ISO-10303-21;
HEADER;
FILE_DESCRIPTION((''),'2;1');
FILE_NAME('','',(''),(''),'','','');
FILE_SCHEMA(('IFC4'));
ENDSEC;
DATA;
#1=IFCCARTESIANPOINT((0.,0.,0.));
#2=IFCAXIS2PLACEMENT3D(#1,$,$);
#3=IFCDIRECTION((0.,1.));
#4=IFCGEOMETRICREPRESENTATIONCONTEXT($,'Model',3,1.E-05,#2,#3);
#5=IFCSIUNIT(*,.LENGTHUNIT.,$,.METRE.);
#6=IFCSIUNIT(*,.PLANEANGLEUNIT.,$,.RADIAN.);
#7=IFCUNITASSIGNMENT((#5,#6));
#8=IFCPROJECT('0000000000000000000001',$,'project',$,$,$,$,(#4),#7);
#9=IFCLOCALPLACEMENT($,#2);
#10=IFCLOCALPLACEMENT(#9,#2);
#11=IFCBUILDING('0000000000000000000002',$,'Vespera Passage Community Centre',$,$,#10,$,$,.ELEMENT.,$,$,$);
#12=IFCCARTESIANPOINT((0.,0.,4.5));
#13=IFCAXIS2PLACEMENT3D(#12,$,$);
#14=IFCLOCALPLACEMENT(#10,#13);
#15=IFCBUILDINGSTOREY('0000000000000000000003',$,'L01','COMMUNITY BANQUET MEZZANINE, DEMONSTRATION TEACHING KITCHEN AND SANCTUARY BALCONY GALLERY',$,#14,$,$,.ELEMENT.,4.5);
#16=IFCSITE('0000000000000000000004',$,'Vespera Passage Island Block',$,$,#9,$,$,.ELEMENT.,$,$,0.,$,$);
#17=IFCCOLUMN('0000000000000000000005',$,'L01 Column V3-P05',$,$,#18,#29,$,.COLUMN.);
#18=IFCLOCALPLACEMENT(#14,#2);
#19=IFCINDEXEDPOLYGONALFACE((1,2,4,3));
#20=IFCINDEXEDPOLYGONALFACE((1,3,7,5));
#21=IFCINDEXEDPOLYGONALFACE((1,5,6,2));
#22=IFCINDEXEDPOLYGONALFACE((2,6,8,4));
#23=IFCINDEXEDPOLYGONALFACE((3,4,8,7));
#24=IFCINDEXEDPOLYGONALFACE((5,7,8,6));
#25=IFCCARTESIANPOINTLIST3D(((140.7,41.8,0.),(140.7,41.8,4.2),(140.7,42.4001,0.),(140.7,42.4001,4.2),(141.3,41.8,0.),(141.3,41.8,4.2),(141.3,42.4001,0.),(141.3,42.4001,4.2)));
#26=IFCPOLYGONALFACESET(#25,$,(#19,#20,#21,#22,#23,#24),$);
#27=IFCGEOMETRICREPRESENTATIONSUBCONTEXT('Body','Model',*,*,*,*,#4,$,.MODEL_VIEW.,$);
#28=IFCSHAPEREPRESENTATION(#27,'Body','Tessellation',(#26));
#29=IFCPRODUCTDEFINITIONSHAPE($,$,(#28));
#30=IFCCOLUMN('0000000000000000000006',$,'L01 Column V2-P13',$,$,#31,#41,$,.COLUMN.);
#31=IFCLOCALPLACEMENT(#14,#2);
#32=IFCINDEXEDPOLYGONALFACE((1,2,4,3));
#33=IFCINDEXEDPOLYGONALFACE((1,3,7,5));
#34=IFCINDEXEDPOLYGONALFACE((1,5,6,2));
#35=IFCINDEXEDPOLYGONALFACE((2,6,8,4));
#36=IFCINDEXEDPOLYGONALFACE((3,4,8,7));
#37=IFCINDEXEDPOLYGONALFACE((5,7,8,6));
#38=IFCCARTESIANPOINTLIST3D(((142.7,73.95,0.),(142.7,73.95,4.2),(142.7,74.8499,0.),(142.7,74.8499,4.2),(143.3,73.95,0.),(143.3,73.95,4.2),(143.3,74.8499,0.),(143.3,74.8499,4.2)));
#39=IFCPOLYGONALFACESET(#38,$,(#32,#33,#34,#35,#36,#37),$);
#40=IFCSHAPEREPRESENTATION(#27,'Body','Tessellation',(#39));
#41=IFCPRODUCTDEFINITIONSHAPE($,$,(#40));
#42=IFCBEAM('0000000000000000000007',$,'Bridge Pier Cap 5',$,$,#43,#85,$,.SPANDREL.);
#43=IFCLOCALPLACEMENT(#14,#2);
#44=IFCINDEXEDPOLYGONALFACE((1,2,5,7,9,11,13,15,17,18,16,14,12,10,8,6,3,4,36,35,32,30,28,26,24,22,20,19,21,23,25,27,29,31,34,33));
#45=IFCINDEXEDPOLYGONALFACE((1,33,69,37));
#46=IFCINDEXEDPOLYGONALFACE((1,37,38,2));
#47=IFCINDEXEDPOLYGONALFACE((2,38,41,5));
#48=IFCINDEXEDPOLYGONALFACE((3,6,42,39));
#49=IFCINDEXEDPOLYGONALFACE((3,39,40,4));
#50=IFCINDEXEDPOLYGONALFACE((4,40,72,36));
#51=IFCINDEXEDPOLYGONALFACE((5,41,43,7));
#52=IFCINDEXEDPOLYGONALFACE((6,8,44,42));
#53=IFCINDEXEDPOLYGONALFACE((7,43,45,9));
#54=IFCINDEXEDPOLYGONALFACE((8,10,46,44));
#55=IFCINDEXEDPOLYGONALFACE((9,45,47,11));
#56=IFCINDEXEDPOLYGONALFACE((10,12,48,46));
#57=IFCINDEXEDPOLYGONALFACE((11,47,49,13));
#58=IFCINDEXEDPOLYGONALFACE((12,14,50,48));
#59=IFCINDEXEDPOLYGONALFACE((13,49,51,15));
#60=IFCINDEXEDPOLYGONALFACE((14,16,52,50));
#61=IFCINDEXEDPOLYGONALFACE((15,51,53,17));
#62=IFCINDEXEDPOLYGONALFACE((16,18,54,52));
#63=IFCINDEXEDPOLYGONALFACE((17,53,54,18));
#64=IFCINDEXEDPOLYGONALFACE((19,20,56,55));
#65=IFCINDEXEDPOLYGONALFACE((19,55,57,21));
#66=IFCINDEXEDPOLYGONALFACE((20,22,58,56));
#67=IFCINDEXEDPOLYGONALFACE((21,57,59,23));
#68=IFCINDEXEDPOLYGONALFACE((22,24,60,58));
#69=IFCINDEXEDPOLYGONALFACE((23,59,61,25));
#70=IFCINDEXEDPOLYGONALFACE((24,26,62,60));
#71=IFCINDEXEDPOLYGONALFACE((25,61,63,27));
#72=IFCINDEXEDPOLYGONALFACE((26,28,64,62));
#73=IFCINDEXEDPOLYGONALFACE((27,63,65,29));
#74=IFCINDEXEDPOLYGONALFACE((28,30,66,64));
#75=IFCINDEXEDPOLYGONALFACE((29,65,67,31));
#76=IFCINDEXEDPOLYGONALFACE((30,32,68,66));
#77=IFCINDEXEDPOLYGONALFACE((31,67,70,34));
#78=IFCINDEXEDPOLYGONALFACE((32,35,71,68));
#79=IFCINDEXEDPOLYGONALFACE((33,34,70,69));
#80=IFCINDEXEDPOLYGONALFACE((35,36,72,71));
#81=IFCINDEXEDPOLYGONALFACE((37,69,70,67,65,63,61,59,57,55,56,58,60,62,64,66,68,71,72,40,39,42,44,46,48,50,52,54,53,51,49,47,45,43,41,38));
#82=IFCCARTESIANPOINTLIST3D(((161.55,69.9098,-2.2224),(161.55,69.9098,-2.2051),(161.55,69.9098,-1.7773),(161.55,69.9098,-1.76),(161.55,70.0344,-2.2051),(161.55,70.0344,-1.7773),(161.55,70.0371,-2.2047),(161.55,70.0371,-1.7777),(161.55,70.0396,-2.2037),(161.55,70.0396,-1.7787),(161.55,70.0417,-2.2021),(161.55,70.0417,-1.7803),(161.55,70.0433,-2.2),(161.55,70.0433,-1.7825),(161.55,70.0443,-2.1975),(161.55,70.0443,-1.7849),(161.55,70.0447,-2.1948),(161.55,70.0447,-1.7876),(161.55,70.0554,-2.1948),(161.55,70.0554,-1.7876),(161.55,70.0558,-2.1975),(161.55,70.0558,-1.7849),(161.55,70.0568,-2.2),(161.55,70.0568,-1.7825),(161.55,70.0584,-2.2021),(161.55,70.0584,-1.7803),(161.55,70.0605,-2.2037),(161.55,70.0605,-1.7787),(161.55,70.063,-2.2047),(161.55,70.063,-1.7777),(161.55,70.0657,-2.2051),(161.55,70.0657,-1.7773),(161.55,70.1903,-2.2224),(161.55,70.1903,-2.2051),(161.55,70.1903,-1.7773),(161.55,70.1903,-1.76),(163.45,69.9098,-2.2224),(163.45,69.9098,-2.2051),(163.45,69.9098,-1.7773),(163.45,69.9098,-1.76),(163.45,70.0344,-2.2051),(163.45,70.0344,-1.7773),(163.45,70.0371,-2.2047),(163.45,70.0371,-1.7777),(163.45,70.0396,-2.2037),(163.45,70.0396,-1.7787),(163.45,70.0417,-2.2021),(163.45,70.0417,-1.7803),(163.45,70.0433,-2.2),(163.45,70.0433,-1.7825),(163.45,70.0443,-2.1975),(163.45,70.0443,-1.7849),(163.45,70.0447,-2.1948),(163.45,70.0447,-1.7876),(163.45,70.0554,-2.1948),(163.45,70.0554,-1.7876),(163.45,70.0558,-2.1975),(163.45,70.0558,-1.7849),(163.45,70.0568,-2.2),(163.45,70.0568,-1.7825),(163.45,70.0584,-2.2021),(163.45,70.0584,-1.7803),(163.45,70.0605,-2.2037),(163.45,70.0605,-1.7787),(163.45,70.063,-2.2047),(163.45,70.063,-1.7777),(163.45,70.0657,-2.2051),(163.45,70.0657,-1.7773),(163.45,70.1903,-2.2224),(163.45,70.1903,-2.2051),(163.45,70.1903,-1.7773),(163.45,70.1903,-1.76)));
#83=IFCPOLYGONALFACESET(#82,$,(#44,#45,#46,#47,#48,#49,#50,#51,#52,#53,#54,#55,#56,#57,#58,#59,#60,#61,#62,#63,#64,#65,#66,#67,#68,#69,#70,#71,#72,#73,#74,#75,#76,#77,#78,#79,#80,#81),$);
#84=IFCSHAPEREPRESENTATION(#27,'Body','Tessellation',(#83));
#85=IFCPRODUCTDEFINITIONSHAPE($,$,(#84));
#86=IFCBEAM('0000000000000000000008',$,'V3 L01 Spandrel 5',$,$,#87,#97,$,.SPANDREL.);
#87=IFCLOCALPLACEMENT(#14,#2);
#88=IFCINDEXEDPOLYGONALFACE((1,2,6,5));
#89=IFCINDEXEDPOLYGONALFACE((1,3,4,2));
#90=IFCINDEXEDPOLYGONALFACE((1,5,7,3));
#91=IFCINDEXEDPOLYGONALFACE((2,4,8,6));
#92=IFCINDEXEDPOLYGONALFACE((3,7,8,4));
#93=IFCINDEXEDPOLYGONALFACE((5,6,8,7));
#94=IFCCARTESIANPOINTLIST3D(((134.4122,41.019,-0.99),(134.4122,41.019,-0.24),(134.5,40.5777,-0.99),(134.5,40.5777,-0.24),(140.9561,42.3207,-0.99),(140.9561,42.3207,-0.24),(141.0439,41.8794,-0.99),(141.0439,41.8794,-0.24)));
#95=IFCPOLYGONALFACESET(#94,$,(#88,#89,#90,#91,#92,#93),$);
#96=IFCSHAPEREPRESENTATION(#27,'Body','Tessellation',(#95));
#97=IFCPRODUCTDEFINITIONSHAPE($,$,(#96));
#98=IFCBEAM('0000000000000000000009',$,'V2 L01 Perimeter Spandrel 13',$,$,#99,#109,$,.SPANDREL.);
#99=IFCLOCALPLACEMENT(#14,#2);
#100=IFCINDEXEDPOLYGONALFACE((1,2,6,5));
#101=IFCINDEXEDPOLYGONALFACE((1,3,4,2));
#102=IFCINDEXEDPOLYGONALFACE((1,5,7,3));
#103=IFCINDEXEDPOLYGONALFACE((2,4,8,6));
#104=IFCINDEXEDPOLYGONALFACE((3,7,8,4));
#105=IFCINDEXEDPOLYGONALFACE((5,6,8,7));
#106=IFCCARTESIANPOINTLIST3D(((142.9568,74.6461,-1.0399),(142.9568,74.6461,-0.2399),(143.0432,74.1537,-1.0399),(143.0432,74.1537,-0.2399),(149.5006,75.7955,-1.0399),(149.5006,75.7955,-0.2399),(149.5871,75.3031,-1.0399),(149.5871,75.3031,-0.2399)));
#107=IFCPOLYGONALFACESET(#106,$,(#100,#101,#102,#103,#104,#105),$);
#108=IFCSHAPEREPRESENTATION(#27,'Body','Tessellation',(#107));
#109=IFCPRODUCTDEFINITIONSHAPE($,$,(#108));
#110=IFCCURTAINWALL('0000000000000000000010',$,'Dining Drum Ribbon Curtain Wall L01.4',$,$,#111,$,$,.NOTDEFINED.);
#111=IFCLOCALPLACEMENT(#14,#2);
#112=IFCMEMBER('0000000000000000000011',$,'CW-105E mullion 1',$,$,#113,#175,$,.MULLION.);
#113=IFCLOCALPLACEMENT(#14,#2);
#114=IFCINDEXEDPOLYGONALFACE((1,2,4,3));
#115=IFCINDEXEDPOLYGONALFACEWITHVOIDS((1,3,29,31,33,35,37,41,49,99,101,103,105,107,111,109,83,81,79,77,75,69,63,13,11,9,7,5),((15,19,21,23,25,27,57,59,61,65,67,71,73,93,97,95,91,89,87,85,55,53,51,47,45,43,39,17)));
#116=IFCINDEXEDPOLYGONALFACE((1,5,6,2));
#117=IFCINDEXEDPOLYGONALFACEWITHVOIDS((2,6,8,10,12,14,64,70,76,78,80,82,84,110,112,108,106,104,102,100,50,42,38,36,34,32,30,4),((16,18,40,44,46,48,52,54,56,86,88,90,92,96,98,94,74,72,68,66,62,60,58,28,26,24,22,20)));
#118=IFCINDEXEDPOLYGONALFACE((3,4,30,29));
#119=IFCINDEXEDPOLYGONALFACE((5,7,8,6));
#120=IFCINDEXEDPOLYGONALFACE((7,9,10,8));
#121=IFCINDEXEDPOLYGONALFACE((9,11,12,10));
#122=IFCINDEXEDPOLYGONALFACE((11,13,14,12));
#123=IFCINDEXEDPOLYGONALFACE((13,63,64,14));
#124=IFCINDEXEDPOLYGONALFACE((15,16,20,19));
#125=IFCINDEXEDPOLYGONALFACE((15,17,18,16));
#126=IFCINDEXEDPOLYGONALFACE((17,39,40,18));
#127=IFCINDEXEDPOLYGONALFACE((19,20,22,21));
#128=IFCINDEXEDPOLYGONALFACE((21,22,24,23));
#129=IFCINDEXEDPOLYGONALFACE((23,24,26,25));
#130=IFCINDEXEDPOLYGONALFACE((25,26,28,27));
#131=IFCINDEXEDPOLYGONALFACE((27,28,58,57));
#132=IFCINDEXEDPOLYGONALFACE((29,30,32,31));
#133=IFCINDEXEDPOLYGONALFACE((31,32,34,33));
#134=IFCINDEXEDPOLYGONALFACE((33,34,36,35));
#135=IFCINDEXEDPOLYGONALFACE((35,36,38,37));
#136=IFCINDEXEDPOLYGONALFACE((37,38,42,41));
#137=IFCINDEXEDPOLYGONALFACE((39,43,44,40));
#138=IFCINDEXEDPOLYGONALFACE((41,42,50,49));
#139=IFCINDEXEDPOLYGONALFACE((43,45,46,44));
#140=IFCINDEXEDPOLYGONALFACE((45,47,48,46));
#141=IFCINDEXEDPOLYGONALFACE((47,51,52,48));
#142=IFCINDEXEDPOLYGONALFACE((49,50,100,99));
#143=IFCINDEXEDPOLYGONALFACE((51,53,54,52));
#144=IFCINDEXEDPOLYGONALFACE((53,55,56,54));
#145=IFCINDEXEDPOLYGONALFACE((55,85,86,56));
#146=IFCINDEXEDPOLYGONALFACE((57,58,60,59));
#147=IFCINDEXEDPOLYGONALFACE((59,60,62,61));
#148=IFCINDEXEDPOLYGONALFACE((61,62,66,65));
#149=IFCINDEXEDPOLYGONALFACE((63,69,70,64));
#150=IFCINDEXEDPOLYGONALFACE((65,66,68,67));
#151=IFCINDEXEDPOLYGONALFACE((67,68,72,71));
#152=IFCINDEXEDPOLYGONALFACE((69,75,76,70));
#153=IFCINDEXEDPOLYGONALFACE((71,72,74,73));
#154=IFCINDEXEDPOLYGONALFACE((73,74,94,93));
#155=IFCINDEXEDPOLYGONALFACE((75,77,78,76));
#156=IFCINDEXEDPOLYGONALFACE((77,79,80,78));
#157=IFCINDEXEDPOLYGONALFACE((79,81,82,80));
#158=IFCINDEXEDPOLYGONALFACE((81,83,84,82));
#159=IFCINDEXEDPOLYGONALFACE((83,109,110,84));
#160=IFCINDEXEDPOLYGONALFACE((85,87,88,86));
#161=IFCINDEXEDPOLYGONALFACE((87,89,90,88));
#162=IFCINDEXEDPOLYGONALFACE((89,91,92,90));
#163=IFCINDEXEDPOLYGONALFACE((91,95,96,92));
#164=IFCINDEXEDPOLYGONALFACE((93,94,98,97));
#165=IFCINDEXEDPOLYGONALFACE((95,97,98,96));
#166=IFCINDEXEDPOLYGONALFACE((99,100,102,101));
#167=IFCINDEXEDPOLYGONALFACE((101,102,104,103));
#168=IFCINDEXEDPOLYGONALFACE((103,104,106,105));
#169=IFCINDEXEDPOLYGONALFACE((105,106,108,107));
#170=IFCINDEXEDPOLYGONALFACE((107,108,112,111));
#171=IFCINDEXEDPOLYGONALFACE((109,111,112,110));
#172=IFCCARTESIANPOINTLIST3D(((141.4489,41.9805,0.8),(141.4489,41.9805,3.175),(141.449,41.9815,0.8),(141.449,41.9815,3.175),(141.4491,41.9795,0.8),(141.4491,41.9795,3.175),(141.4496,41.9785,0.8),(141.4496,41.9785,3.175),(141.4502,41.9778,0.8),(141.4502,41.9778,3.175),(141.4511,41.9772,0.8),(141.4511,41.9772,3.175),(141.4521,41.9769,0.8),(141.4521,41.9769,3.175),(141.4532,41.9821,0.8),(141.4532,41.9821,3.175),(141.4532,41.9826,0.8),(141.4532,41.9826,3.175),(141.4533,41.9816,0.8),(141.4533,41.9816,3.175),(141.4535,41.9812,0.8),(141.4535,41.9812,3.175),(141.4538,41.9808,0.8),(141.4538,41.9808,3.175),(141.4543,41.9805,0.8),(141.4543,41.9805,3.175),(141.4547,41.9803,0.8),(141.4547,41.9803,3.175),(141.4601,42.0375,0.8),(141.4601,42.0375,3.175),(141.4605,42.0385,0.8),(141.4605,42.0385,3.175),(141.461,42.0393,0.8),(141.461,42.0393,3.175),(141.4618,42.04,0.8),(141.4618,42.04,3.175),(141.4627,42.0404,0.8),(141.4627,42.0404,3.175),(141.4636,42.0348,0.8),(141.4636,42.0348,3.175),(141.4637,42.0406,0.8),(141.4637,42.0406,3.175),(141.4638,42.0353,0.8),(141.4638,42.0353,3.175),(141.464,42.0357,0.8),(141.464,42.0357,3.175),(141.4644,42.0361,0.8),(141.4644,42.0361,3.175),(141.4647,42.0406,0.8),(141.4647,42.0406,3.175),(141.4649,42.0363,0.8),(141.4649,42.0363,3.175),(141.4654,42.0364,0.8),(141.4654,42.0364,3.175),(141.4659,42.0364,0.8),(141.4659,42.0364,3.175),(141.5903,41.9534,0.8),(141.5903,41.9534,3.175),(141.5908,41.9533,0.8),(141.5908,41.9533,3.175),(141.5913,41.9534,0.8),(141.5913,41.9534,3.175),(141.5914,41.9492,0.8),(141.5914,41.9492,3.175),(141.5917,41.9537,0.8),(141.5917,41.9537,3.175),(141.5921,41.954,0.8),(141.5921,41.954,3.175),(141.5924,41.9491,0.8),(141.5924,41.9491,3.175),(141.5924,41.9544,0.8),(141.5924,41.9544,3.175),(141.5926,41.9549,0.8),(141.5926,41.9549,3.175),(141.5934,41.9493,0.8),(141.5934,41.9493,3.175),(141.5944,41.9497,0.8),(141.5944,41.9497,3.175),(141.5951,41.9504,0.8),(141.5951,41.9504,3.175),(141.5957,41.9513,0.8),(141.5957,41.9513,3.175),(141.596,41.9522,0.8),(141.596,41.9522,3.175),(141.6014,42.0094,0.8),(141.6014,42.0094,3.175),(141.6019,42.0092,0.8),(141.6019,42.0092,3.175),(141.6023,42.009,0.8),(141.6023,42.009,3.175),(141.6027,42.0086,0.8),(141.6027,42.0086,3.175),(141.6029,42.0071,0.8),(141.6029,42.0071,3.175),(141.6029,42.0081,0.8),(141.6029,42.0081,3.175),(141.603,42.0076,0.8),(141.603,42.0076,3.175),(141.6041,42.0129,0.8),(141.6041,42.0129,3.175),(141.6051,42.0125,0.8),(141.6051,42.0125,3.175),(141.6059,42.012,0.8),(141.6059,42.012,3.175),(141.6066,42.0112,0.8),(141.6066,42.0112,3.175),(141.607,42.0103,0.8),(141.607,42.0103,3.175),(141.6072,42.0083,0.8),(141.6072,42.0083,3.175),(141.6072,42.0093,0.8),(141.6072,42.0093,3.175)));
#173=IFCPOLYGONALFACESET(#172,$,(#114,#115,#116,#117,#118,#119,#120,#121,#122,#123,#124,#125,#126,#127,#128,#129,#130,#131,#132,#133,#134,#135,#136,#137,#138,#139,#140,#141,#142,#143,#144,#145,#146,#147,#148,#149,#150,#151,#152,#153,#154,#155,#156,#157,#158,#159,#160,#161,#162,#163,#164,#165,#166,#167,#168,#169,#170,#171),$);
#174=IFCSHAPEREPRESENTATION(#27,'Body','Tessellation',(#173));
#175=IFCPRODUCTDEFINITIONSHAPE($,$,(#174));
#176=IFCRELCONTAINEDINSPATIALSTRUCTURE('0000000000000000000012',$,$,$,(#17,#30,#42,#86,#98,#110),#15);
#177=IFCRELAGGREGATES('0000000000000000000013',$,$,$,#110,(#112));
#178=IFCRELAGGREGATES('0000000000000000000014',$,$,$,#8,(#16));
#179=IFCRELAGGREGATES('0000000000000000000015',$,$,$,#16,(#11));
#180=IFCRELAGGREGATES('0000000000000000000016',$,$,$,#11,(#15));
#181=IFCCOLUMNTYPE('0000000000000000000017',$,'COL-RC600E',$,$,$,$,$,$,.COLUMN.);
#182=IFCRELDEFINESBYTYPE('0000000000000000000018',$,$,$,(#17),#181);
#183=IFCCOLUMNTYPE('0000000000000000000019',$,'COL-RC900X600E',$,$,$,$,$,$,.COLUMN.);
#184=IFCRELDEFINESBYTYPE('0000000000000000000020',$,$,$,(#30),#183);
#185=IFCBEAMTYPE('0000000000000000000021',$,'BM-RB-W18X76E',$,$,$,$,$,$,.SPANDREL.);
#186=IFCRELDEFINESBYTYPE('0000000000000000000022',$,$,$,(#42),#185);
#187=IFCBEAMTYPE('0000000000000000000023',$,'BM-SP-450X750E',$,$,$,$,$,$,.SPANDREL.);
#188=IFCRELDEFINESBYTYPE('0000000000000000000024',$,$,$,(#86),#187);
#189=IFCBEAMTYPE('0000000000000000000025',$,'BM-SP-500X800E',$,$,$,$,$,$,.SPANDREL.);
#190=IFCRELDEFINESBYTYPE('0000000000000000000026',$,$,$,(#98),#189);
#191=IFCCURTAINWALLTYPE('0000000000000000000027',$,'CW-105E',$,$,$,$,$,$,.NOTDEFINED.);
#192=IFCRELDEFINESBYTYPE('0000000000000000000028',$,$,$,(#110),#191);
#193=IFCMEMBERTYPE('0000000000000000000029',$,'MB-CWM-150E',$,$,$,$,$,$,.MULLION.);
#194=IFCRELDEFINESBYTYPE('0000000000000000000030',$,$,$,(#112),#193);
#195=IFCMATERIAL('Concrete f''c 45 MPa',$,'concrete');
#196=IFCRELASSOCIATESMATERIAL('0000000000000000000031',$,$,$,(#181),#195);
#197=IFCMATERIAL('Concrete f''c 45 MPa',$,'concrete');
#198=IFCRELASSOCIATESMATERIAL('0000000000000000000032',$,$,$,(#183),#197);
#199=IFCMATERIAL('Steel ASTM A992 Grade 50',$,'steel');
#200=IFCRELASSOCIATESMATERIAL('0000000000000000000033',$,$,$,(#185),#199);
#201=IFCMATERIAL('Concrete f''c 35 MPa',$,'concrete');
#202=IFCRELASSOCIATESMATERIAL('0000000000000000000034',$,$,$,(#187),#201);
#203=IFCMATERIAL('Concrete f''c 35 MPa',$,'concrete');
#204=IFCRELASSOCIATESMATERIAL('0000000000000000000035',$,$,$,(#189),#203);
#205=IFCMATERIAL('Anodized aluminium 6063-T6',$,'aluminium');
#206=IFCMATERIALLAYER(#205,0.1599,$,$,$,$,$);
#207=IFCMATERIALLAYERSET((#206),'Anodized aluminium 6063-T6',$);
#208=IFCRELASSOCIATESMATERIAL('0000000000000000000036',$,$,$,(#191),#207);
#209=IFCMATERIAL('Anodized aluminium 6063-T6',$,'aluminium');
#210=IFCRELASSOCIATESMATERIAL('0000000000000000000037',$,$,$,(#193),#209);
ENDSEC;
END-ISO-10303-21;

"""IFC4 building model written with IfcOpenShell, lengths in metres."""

from ifc_helpers import new_model, si_unit, direction, frame, origin, origin_2d, place, context, subcontext, project, spatial, rectangle, hollow_rectangle, i_section, extrude, material, layer, layer_set, material_profile, profile_set, type_object, element, aggregate, save


model = new_model("IFC4")

# Units and contexts
model_context = context("Model", 3, precision=1e-05, world=origin(), true_north=direction((0.0, 1.0)))
body_context = subcontext(model_context, "Body", "Model", "MODEL_VIEW")
ifc_project = project(units=[si_unit("LENGTHUNIT", "METRE"), si_unit("PLANEANGLEUNIT", "RADIAN")], contexts=[model_context])

# Site, building, storey
site_placement = place(None, origin())
site = spatial("IfcSite", under=ifc_project, at=site_placement, Name="Vespera Passage Island Block", CompositionType="ELEMENT", RefElevation=0.0)
building_placement = place(site_placement, origin())
building = spatial("IfcBuilding", under=site, at=building_placement, Name="Vespera Passage Community Centre", CompositionType="ELEMENT")
storey_placement = place(building_placement, frame((0.0, 0.0, 4.5)))
storey = spatial("IfcBuildingStorey", under=building, at=storey_placement, Name="L01", Description="COMMUNITY BANQUET MEZZANINE, DEMONSTRATION TEACHING KITCHEN AND SANCTUARY BALCONY GALLERY", CompositionType="ELEMENT", Elevation=4.5)

# Columns
ifc_material_1 = material(Name="Concrete f'c 45 MPa", Category="concrete")
ifc_material_profile_1 = material_profile(ifc_material_1, rectangle(XDim=0.6001, YDim=0.6001, at=origin_2d()), Name="RC600X600")
ifc_profile_set_1 = profile_set([ifc_material_profile_1], Name="Concrete f'c 45 MPa")
column_type_1 = type_object("IfcColumnType", Name="COL-RC600E", PredefinedType="COLUMN", material=ifc_profile_set_1)
column_1_placement = place(storey_placement, frame((141.0, 42.1001, 0.0), z_axis=(0.0, 0.0, 1.0), x_axis=(1.0, 0.0, 0.0)))
element("IfcColumn", 1, at=column_1_placement, inside=storey, type_object=column_type_1, Name="L01 Column V3-P05", PredefinedType="COLUMN", context=body_context, shape_type="SweptSolid", body=[
    extrude(rectangle(XDim=0.6001, YDim=0.6001, at=origin_2d()), origin(), (0.0, 0.0, 1.0), 4.2),
])
ifc_material_2 = material(Name="Concrete f'c 45 MPa", Category="concrete")
ifc_material_profile_2 = material_profile(ifc_material_2, rectangle(XDim=0.6001, YDim=0.8999, at=origin_2d()), Name="RC900X600")
ifc_profile_set_2 = profile_set([ifc_material_profile_2], Name="Concrete f'c 45 MPa")
column_type_2 = type_object("IfcColumnType", Name="COL-RC900X600E", PredefinedType="COLUMN", material=ifc_profile_set_2)
column_2_placement = place(storey_placement, frame((143.0, 74.3999, 0.0), z_axis=(0.0, 0.0, 1.0), x_axis=(1.0, 0.0, 0.0)))
element("IfcColumn", 2, at=column_2_placement, inside=storey, type_object=column_type_2, Name="L01 Column V2-P13", PredefinedType="COLUMN", context=body_context, shape_type="SweptSolid", body=[
    extrude(rectangle(XDim=0.6001, YDim=0.8999, at=origin_2d()), origin(), (0.0, 0.0, 1.0), 4.2),
])

# Beams
ifc_material_3 = material(Name="Steel ASTM A992 Grade 50", Category="steel")
ifc_material_profile_3 = material_profile(ifc_material_3, i_section(OverallWidth=0.2805, OverallDepth=0.4624, WebThickness=0.0107, FlangeThickness=0.0173, FilletRadius=0.0103, at=origin_2d()), Name="W18X76")
ifc_profile_set_3 = profile_set([ifc_material_profile_3], Name="Steel ASTM A992 Grade 50")
beam_type_1 = type_object("IfcBeamType", Name="BM-RB-W18X76E", PredefinedType="SPANDREL", material=ifc_profile_set_3)
beam_1_placement = place(storey_placement, frame((161.55, 70.05, -1.9912), z_axis=(1.0, 0.0, 0.0), x_axis=(0.0, 1.0, 0.0)))
element("IfcBeam", 3, at=beam_1_placement, inside=storey, type_object=beam_type_1, Name="Bridge Pier Cap 5", PredefinedType="SPANDREL", context=body_context, shape_type="SweptSolid", body=[
    extrude(i_section(OverallWidth=0.2805, OverallDepth=0.4624, WebThickness=0.0107, FlangeThickness=0.0173, FilletRadius=0.0103, at=origin_2d()), origin(), (0.0, 0.0, 1.0), 1.8999),
])
ifc_material_4 = material(Name="Concrete f'c 35 MPa", Category="concrete")
ifc_material_profile_4 = material_profile(ifc_material_4, rectangle(XDim=0.45, YDim=0.75, at=origin_2d()), Name="RC450X750")
ifc_profile_set_4 = profile_set([ifc_material_profile_4], Name="Concrete f'c 35 MPa")
beam_type_2 = type_object("IfcBeamType", Name="BM-SP-450X750E", PredefinedType="SPANDREL", material=ifc_profile_set_4)
beam_2_placement = place(storey_placement, frame((141.0, 42.1001, -0.615), z_axis=(-0.980783, -0.195103, 0.0), x_axis=(0.195103, -0.980783, 0.0)))
element("IfcBeam", 4, at=beam_2_placement, inside=storey, type_object=beam_type_2, Name="V3 L01 Spandrel 5", PredefinedType="SPANDREL", context=body_context, shape_type="SweptSolid", body=[
    extrude(rectangle(XDim=0.45, YDim=0.75, at=origin_2d()), origin(), (0.0, 0.0, 1.0), 6.6721),
])
ifc_material_5 = material(Name="Concrete f'c 35 MPa", Category="concrete")
ifc_material_profile_5 = material_profile(ifc_material_5, rectangle(XDim=0.5, YDim=0.8, at=origin_2d()), Name="RC500X800")
ifc_profile_set_5 = profile_set([ifc_material_profile_5], Name="Concrete f'c 35 MPa")
beam_type_3 = type_object("IfcBeamType", Name="BM-SP-500X800E", PredefinedType="SPANDREL", material=ifc_profile_set_5)
beam_3_placement = place(storey_placement, frame((143.0, 74.3999, -0.6399), z_axis=(0.984922, 0.172997, 0.0), x_axis=(-0.172997, 0.984922, 0.0)))
element("IfcBeam", 5, at=beam_3_placement, inside=storey, type_object=beam_type_3, Name="V2 L01 Perimeter Spandrel 13", PredefinedType="SPANDREL", context=body_context, shape_type="SweptSolid", body=[
    extrude(rectangle(XDim=0.5, YDim=0.8, at=origin_2d()), origin(), (0.0, 0.0, 1.0), 6.644),
])

# Curtain wall, member
ifc_material_6 = material(Name="Anodized aluminium 6063-T6", Category="aluminium")
ifc_layer_1 = layer(ifc_material_6, 0.1599)
ifc_layer_set_1 = layer_set([ifc_layer_1], Name="Anodized aluminium 6063-T6")
curtain_wall_type = type_object("IfcCurtainWallType", Name="CW-105E", PredefinedType="NOTDEFINED", material=ifc_layer_set_1)
curtain_wall_1_placement = place(storey_placement, origin())
curtain_wall_1 = element("IfcCurtainWall", 6, at=curtain_wall_1_placement, inside=storey, type_object=curtain_wall_type, Name="Dining Drum Ribbon Curtain Wall L01.4", PredefinedType="NOTDEFINED")
ifc_material_7 = material(Name="Anodized aluminium 6063-T6", Category="aluminium")
ifc_material_profile_6 = material_profile(ifc_material_7, hollow_rectangle(XDim=0.0649, YDim=0.1499, WallThickness=0.0039, InnerFilletRadius=0.002, OuterFilletRadius=0.0039, at=origin_2d()), Name="ALU150X65X4")
ifc_profile_set_6 = profile_set([ifc_material_profile_6], Name="Anodized aluminium 6063-T6")
member_type_1 = type_object("IfcMemberType", Name="MB-CWM-150E", PredefinedType="MULLION", material=ifc_profile_set_6)
member_1_placement = place(storey_placement, frame((141.5281, 41.9949, 0.8), z_axis=(0.0, 0.0, 1.0), x_axis=(0.195097, 0.980784, 0.0)))
member_1 = element("IfcMember", 7, at=member_1_placement, type_object=member_type_1, Name="CW-105E mullion 1", PredefinedType="MULLION", context=body_context, shape_type="SweptSolid", body=[
    extrude(hollow_rectangle(XDim=0.0649, YDim=0.1499, WallThickness=0.0039, InnerFilletRadius=0.002, OuterFilletRadius=0.0039, at=origin_2d()), origin(), (0.0, 0.0, 1.0), 2.375),
])

aggregate(curtain_wall_1, [member_1])

save(model, "model.ifc")
